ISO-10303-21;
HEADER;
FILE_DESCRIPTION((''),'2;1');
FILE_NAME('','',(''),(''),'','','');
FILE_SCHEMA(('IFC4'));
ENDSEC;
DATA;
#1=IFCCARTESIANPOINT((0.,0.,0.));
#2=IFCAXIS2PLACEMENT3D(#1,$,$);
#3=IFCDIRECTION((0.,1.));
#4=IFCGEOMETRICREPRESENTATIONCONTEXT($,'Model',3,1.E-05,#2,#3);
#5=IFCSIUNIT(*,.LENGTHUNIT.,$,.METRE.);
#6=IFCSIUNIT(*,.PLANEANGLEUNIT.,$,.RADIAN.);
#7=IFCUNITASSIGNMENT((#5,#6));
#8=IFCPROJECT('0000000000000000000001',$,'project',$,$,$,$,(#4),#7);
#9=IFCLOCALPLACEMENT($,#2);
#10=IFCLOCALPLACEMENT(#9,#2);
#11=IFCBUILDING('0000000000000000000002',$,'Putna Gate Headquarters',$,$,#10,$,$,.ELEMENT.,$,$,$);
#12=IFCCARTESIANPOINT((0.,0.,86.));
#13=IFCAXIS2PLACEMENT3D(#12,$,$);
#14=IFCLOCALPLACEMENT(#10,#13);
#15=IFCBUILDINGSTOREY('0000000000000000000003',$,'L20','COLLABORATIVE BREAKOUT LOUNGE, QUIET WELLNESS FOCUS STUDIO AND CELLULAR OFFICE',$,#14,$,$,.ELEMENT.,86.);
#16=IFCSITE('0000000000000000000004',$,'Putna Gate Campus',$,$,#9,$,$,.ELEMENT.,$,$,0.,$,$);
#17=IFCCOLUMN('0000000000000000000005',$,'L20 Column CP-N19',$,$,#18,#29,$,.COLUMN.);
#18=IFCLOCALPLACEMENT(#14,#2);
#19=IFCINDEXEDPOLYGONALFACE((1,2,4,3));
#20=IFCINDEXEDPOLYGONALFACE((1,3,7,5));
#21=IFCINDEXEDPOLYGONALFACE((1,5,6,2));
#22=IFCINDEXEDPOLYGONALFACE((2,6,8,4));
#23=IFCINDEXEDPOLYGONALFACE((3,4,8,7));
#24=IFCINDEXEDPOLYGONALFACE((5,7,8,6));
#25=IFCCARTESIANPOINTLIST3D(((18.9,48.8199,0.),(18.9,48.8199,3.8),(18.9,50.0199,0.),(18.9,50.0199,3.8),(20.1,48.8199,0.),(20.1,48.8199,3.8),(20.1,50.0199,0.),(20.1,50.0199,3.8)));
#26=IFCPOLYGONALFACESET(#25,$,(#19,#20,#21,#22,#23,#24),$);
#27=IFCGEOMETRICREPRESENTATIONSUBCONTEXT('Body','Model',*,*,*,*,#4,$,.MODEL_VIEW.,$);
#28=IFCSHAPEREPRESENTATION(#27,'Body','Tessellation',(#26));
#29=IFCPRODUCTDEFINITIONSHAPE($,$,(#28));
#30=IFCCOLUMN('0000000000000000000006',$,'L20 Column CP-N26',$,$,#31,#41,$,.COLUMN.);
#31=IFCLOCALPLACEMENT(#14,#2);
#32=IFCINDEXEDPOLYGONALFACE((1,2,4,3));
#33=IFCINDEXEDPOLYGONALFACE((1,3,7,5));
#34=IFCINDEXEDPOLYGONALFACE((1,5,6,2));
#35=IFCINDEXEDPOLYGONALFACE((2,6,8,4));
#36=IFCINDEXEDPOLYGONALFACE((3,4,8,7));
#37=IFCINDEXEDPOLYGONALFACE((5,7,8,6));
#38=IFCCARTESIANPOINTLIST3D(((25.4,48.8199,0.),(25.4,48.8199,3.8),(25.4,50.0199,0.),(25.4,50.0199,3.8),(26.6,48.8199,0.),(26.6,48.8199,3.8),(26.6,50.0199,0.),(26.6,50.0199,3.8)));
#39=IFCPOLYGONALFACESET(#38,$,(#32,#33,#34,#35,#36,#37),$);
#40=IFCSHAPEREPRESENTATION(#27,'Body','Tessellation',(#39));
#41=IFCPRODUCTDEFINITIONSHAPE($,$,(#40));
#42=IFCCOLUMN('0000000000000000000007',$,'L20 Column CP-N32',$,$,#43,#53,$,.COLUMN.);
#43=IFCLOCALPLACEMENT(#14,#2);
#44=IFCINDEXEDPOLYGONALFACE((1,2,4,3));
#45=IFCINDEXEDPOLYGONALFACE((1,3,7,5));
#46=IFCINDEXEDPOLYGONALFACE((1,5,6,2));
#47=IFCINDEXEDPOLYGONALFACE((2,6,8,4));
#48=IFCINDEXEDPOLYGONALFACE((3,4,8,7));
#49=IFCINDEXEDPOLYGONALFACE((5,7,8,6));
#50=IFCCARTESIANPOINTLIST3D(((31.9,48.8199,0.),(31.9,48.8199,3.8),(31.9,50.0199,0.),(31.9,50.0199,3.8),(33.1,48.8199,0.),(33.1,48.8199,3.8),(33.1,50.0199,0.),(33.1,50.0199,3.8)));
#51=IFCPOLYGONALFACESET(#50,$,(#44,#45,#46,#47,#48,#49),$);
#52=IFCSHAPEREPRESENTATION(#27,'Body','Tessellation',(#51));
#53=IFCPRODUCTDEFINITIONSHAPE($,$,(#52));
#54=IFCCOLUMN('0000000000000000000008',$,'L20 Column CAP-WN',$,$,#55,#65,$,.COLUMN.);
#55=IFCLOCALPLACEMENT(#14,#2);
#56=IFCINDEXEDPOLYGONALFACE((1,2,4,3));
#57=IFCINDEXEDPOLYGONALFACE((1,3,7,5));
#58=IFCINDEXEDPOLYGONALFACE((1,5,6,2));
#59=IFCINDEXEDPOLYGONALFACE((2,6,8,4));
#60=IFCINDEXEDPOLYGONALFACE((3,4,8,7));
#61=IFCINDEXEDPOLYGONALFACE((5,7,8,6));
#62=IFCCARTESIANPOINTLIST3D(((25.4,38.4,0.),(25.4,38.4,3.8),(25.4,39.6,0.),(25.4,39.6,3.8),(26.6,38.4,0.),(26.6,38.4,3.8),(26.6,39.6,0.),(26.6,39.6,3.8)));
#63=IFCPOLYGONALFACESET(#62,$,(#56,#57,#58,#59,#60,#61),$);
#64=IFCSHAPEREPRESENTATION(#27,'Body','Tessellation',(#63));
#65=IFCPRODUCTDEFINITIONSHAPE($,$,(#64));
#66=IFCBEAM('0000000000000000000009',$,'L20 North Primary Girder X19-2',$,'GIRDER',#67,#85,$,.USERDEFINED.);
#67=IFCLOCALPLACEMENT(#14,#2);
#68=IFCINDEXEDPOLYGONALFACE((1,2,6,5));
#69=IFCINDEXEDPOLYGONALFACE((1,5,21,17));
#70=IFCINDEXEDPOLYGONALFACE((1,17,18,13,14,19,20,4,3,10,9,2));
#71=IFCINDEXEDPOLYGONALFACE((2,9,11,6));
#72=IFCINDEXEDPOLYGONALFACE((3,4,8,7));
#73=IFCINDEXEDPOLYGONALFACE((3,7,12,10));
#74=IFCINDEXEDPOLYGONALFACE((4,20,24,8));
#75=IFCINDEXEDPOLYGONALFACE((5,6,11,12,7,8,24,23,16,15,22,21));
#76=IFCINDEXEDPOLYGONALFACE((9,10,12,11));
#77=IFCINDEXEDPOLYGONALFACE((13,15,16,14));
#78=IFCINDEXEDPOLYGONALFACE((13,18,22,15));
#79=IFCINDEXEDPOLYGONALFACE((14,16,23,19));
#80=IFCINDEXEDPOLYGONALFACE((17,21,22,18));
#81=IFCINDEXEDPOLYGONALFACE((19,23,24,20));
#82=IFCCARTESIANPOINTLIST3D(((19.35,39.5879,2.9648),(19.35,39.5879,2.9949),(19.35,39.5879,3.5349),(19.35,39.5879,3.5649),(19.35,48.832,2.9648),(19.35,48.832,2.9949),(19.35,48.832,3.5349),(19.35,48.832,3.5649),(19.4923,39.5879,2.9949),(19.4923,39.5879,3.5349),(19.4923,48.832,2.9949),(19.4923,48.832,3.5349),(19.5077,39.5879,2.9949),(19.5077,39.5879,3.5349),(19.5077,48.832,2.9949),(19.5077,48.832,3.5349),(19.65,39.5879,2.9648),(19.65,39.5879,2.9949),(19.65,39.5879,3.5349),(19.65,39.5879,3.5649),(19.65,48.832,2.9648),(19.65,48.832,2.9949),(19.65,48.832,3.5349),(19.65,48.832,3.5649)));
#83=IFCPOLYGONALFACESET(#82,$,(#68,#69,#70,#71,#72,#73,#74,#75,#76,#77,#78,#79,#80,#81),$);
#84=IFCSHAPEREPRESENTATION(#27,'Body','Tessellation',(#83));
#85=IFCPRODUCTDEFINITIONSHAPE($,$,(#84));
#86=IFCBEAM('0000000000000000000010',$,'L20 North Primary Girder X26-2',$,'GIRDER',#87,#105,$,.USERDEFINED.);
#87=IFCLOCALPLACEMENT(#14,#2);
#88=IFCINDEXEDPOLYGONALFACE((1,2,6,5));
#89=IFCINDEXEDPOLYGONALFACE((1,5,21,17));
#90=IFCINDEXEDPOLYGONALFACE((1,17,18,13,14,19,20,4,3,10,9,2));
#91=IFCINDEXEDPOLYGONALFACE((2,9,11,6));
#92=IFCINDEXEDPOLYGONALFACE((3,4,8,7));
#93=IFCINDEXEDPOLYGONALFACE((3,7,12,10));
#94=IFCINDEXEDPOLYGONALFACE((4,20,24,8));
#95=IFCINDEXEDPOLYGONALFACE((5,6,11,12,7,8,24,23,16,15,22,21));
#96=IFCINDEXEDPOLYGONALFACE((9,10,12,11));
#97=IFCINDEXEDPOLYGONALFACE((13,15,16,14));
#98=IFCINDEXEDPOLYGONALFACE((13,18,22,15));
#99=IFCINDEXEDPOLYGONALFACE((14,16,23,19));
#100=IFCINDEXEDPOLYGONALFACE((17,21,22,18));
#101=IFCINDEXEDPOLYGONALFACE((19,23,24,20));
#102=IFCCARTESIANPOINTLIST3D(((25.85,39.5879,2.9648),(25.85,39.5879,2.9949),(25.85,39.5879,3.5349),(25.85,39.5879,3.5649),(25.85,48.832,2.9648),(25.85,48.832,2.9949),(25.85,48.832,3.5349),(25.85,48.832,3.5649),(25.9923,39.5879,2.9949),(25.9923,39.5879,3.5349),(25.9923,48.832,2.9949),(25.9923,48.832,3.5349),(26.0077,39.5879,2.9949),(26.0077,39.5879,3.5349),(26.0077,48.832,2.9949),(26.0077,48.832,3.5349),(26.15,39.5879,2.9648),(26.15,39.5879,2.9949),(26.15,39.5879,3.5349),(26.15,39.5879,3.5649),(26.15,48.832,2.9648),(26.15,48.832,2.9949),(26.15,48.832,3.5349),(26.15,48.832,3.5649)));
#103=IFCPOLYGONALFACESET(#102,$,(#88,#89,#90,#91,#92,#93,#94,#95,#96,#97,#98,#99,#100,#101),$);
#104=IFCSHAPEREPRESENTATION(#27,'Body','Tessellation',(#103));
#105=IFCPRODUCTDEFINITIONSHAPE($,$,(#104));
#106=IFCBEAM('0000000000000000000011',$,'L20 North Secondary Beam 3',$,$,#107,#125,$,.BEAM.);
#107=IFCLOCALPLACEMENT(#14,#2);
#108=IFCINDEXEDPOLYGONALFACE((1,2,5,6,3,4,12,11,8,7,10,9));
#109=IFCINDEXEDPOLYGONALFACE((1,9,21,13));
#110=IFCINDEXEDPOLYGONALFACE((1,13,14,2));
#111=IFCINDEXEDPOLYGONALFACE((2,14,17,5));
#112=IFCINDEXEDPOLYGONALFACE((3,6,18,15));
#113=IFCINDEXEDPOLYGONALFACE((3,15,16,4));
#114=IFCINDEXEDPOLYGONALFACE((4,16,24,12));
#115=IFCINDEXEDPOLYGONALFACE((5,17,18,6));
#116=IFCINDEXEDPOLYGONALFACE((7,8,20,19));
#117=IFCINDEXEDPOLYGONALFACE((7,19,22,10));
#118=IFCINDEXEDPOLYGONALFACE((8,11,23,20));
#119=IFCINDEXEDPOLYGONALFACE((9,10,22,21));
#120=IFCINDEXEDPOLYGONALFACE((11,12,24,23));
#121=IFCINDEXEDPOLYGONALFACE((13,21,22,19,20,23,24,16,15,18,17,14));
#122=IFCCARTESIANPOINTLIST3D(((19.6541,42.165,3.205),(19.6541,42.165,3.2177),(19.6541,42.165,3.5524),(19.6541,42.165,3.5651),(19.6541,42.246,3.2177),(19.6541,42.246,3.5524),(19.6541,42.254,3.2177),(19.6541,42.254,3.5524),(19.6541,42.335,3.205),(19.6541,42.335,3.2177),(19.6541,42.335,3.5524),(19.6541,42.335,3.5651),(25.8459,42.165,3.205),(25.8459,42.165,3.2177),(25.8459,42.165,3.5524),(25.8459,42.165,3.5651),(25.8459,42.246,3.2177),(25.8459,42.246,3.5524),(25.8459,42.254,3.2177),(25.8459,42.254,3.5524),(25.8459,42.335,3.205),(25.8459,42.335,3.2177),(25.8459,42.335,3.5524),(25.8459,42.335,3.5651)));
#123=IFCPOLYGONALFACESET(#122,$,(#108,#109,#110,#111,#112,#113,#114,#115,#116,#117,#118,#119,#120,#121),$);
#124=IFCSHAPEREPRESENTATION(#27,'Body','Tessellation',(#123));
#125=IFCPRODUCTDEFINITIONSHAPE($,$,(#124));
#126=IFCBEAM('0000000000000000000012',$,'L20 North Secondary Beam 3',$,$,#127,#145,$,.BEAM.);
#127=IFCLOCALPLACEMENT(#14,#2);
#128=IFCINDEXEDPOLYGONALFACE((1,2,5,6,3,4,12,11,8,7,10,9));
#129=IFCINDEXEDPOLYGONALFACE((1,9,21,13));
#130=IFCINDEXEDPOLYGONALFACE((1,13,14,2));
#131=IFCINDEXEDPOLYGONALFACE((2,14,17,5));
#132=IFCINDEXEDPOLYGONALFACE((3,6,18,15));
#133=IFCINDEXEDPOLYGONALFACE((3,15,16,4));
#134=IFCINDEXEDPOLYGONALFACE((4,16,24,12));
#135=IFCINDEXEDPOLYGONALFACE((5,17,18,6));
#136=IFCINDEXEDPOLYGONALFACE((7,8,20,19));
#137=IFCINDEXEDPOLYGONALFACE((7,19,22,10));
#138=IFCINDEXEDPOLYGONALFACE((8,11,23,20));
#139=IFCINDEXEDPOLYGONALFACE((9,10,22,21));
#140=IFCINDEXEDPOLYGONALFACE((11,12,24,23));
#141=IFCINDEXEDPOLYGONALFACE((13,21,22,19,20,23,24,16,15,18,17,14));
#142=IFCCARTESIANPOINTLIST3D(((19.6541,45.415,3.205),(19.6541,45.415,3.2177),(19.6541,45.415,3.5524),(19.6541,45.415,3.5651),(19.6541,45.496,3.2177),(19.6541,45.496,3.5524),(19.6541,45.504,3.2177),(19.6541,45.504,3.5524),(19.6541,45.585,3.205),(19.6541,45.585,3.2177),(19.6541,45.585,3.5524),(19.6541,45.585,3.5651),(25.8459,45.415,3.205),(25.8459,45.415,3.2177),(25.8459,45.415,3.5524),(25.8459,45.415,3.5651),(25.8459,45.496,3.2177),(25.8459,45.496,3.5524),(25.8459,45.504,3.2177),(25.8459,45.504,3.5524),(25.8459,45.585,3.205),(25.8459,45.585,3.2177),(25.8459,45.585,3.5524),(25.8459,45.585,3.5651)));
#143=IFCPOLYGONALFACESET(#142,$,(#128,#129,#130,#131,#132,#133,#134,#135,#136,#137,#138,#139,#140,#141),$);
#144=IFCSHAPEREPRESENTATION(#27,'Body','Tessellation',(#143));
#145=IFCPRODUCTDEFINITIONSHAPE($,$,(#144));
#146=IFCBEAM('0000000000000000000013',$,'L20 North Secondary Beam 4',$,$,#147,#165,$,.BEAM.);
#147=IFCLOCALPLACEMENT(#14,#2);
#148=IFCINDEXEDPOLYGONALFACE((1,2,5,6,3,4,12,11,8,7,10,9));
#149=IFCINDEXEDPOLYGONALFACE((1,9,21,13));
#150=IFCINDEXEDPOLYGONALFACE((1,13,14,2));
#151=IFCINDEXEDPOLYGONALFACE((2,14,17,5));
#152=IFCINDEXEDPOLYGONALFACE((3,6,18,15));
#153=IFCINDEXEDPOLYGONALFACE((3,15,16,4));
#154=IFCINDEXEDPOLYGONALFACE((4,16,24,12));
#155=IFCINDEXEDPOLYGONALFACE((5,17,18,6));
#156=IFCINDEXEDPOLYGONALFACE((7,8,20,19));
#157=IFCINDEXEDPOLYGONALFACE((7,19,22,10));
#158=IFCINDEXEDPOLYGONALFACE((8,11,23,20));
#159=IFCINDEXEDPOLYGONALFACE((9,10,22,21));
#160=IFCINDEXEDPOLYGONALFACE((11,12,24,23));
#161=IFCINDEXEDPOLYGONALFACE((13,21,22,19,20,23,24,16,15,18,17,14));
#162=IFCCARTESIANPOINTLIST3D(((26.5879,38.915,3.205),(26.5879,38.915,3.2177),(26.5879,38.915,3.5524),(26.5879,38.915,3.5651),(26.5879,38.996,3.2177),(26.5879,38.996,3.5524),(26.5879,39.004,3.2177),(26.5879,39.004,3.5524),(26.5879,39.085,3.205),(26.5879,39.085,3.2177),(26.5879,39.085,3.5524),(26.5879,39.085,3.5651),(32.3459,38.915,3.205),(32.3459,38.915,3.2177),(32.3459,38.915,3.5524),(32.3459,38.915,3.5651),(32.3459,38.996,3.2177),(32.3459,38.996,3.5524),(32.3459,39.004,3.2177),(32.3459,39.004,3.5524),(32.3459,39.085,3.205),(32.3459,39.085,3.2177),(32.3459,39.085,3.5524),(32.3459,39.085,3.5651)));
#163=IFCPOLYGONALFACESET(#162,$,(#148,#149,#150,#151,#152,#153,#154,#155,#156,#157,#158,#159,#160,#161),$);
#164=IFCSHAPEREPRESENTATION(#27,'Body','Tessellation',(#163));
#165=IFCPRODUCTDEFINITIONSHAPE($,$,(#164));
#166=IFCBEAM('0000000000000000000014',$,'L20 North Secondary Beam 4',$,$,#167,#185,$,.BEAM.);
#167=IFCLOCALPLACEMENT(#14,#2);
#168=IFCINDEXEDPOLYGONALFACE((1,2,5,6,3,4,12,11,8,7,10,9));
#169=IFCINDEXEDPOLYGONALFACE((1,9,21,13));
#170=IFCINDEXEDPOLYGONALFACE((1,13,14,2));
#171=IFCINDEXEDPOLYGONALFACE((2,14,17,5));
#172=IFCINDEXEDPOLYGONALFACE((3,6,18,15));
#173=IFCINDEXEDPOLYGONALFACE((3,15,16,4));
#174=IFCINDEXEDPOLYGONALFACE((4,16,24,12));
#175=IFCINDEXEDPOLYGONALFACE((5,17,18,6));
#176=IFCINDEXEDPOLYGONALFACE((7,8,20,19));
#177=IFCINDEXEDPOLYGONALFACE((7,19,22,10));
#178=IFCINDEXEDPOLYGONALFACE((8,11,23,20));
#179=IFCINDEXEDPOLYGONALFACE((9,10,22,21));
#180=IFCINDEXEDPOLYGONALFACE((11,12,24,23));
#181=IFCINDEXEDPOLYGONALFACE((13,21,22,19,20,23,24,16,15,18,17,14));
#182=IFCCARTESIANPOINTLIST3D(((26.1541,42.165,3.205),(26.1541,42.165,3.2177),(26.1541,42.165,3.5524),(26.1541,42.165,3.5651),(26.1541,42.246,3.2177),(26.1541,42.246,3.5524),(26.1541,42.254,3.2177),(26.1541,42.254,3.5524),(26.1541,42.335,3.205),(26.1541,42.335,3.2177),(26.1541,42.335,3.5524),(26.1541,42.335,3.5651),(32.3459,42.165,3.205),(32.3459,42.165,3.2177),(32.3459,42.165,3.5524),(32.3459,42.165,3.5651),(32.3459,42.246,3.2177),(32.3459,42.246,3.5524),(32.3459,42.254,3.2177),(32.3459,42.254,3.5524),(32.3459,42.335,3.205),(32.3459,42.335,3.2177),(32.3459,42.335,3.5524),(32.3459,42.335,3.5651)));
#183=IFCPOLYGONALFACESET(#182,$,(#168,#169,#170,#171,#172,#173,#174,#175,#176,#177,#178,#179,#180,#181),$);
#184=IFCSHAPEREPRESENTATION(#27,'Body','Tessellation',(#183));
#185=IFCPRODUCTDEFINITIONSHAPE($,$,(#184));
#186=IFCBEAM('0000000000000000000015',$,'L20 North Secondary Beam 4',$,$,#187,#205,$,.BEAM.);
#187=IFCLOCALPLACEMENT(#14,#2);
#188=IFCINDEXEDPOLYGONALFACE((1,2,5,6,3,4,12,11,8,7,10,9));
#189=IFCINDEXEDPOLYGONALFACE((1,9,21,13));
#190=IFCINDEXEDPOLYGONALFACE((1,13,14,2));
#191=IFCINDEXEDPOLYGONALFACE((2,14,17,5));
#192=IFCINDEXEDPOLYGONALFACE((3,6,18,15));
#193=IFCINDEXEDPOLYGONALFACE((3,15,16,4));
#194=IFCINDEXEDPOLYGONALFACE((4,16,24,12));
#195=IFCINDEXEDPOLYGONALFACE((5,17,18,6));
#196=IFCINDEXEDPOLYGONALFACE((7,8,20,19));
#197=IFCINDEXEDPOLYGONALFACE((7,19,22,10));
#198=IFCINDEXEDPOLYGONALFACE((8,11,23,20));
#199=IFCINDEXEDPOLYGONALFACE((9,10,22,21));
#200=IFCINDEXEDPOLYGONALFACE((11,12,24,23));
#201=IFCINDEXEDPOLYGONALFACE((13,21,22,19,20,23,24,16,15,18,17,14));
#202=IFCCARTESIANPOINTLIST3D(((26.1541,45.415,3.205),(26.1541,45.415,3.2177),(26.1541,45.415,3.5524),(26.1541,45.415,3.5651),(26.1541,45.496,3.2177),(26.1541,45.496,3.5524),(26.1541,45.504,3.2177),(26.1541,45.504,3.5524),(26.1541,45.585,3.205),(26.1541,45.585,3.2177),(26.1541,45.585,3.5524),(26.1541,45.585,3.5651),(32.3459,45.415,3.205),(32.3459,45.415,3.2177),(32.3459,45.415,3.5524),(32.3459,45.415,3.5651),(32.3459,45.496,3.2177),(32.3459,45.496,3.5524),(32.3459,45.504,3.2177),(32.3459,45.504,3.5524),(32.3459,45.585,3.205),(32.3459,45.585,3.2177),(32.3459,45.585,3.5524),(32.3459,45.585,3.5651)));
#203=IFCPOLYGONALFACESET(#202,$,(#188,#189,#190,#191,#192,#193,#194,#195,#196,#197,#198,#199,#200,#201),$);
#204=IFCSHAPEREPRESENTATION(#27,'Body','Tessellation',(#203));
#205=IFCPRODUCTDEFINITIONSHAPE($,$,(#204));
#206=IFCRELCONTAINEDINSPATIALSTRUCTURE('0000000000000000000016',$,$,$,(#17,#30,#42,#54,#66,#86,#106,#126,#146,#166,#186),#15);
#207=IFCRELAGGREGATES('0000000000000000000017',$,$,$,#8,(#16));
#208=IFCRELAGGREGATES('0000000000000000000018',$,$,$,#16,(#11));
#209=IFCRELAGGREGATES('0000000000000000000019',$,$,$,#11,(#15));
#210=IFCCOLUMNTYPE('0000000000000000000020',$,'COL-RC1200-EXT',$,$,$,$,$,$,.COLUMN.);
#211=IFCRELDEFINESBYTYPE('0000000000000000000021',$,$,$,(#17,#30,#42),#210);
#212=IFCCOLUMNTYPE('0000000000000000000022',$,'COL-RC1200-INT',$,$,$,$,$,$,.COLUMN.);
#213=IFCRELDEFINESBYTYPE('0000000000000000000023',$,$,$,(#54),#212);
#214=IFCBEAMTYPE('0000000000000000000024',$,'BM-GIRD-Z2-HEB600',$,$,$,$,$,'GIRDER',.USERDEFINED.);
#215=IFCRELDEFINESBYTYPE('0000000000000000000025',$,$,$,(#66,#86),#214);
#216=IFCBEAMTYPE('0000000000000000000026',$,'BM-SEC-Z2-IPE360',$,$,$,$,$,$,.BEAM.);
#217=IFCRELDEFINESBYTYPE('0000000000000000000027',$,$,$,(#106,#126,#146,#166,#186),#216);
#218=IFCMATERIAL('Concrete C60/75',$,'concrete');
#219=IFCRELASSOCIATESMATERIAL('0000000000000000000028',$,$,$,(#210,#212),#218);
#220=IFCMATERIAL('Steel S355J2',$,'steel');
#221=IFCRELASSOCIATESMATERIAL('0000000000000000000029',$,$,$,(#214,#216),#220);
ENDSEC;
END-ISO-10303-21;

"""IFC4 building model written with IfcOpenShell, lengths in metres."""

from ifc_helpers import new_model, si_unit, direction, frame, origin, origin_2d, place, context, subcontext, project, spatial, rectangle, i_section, extrude, material, material_profile, profile_set, type_object, element, save


model = new_model("IFC4")

# Units and contexts
model_context = context("Model", 3, precision=1e-05, world=origin(), true_north=direction((0.0, 1.0)))
body_context = subcontext(model_context, "Body", "Model", "MODEL_VIEW")
ifc_project = project(units=[si_unit("LENGTHUNIT", "METRE"), si_unit("PLANEANGLEUNIT", "RADIAN")], contexts=[model_context])

# Site, building, storey
site_placement = place(None, origin())
site = spatial("IfcSite", under=ifc_project, at=site_placement, Name="Putna Gate Campus", CompositionType="ELEMENT", RefElevation=0.0)
building_placement = place(site_placement, origin())
building = spatial("IfcBuilding", under=site, at=building_placement, Name="Putna Gate Headquarters", CompositionType="ELEMENT")
storey_placement = place(building_placement, frame((0.0, 0.0, 86.0)))
storey = spatial("IfcBuildingStorey", under=building, at=storey_placement, Name="L20", Description="COLLABORATIVE BREAKOUT LOUNGE, QUIET WELLNESS FOCUS STUDIO AND CELLULAR OFFICE", CompositionType="ELEMENT", Elevation=86.0)

# Columns
ifc_material_1 = material(Name="Concrete C60/75", Category="concrete")
ifc_material_profile_1 = material_profile(ifc_material_1, rectangle(XDim=1.2, YDim=1.2, at=origin_2d()), Name="Concrete C60/75")
ifc_profile_set_1 = profile_set([ifc_material_profile_1], Name="Concrete C60/75")
column_type_1 = type_object("IfcColumnType", Name="COL-RC1200-EXT", PredefinedType="COLUMN", material=ifc_profile_set_1)
for number, where, z_axis, x_axis, name in (
    (1, (19.5, 49.4199, 0.0), (0.0, 0.0, 1.0), (1.0, 0.0, 0.0), "L20 Column CP-N19"),
    (2, (26.0, 49.4199, 0.0), (0.0, 0.0, 1.0), (1.0, 0.0, 0.0), "L20 Column CP-N26"),
    (3, (32.5, 49.4199, 0.0), (0.0, 0.0, 1.0), (1.0, 0.0, 0.0), "L20 Column CP-N32"),
):
    element("IfcColumn", number, at=place(storey_placement, frame(where, z_axis=z_axis, x_axis=x_axis)), inside=storey, type_object=column_type_1, Name=name, PredefinedType="COLUMN", context=body_context, shape_type="SweptSolid", body=[
        extrude(rectangle(XDim=1.2, YDim=1.2, at=origin_2d()), origin(), (0.0, 0.0, 1.0), 3.8),
    ])
ifc_material_profile_2 = material_profile(ifc_material_1, rectangle(XDim=1.2, YDim=1.2, at=origin_2d()), Name="Concrete C60/75")
ifc_profile_set_2 = profile_set([ifc_material_profile_2], Name="Concrete C60/75")
column_type_2 = type_object("IfcColumnType", Name="COL-RC1200-INT", PredefinedType="COLUMN", material=ifc_profile_set_2)
column_placement = place(storey_placement, frame((26.0, 39.0, 0.0), z_axis=(0.0, 0.0, 1.0), x_axis=(1.0, 0.0, 0.0)))
element("IfcColumn", 4, at=column_placement, inside=storey, type_object=column_type_2, Name="L20 Column CAP-WN", PredefinedType="COLUMN", context=body_context, shape_type="SweptSolid", body=[
    extrude(rectangle(XDim=1.2, YDim=1.2, at=origin_2d()), origin(), (0.0, 0.0, 1.0), 3.8),
])

# Beams
ifc_material_2 = material(Name="Steel S355J2", Category="steel")
ifc_material_profile_3 = material_profile(ifc_material_2, i_section(OverallWidth=0.3, OverallDepth=0.6001, WebThickness=0.0154, FlangeThickness=0.03, at=origin_2d()), Name="Steel S355J2")
ifc_profile_set_3 = profile_set([ifc_material_profile_3], Name="Steel S355J2")
beam_type_1 = type_object("IfcBeamType", Name="BM-GIRD-Z2-HEB600", ElementType="GIRDER", PredefinedType="USERDEFINED", material=ifc_profile_set_3)
for number, where, z_axis, x_axis, name in (
    (5, (19.5, 39.5879, 3.2649), (0.0, 1.0, 0.0), (-1.0, 0.0, 0.0), "L20 North Primary Girder X19-2"),
    (6, (26.0, 39.5879, 3.2649), (0.0, 1.0, 0.0), (-1.0, 0.0, 0.0), "L20 North Primary Girder X26-2"),
):
    element("IfcBeam", number, at=place(storey_placement, frame(where, z_axis=z_axis, x_axis=x_axis)), inside=storey, type_object=beam_type_1, Name=name, ObjectType="GIRDER", PredefinedType="USERDEFINED", context=body_context, shape_type="SweptSolid", body=[
        extrude(i_section(OverallWidth=0.3, OverallDepth=0.6001, WebThickness=0.0154, FlangeThickness=0.03, at=origin_2d()), origin(), (0.0, 0.0, 1.0), 9.2441),
    ])
ifc_material_profile_4 = material_profile(ifc_material_2, i_section(OverallWidth=0.1699, OverallDepth=0.3601, WebThickness=0.0081, FlangeThickness=0.0127, at=origin_2d()), Name="Steel S355J2")
ifc_profile_set_4 = profile_set([ifc_material_profile_4], Name="Steel S355J2")
beam_type_2 = type_object("IfcBeamType", Name="BM-SEC-Z2-IPE360", PredefinedType="BEAM", material=ifc_profile_set_4)
for number, where, z_axis, x_axis, name in (
    (7, (19.6541, 42.25, 3.385), (1.0, 0.0, 0.0), (0.0, 1.0, 0.0), "L20 North Secondary Beam 3"),
    (8, (19.6541, 45.5, 3.385), (1.0, 0.0, 0.0), (0.0, 1.0, 0.0), "L20 North Secondary Beam 3"),
):
    element("IfcBeam", number, at=place(storey_placement, frame(where, z_axis=z_axis, x_axis=x_axis)), inside=storey, type_object=beam_type_2, Name=name, PredefinedType="BEAM", context=body_context, shape_type="SweptSolid", body=[
        extrude(i_section(OverallWidth=0.1699, OverallDepth=0.3601, WebThickness=0.0081, FlangeThickness=0.0127, at=origin_2d()), origin(), (0.0, 0.0, 1.0), 6.1919),
    ])
beam_placement = place(storey_placement, frame((26.5879, 39.0, 3.385), z_axis=(1.0, 0.0, 0.0), x_axis=(0.0, 1.0, 0.0)))
element("IfcBeam", 9, at=beam_placement, inside=storey, type_object=beam_type_2, Name="L20 North Secondary Beam 4", PredefinedType="BEAM", context=body_context, shape_type="SweptSolid", body=[
    extrude(i_section(OverallWidth=0.1699, OverallDepth=0.3601, WebThickness=0.0081, FlangeThickness=0.0127, at=origin_2d()), origin(), (0.0, 0.0, 1.0), 5.7581),
])
for number, where, z_axis, x_axis, name in (
    (10, (26.1541, 42.25, 3.385), (1.0, 0.0, 0.0), (0.0, 1.0, 0.0), "L20 North Secondary Beam 4"),
    (11, (26.1541, 45.5, 3.385), (1.0, 0.0, 0.0), (0.0, 1.0, 0.0), "L20 North Secondary Beam 4"),
):
    element("IfcBeam", number, at=place(storey_placement, frame(where, z_axis=z_axis, x_axis=x_axis)), inside=storey, type_object=beam_type_2, Name=name, PredefinedType="BEAM", context=body_context, shape_type="SweptSolid", body=[
        extrude(i_section(OverallWidth=0.1699, OverallDepth=0.3601, WebThickness=0.0081, FlangeThickness=0.0127, at=origin_2d()), origin(), (0.0, 0.0, 1.0), 6.1919),
    ])

save(model, "model.ifc")
